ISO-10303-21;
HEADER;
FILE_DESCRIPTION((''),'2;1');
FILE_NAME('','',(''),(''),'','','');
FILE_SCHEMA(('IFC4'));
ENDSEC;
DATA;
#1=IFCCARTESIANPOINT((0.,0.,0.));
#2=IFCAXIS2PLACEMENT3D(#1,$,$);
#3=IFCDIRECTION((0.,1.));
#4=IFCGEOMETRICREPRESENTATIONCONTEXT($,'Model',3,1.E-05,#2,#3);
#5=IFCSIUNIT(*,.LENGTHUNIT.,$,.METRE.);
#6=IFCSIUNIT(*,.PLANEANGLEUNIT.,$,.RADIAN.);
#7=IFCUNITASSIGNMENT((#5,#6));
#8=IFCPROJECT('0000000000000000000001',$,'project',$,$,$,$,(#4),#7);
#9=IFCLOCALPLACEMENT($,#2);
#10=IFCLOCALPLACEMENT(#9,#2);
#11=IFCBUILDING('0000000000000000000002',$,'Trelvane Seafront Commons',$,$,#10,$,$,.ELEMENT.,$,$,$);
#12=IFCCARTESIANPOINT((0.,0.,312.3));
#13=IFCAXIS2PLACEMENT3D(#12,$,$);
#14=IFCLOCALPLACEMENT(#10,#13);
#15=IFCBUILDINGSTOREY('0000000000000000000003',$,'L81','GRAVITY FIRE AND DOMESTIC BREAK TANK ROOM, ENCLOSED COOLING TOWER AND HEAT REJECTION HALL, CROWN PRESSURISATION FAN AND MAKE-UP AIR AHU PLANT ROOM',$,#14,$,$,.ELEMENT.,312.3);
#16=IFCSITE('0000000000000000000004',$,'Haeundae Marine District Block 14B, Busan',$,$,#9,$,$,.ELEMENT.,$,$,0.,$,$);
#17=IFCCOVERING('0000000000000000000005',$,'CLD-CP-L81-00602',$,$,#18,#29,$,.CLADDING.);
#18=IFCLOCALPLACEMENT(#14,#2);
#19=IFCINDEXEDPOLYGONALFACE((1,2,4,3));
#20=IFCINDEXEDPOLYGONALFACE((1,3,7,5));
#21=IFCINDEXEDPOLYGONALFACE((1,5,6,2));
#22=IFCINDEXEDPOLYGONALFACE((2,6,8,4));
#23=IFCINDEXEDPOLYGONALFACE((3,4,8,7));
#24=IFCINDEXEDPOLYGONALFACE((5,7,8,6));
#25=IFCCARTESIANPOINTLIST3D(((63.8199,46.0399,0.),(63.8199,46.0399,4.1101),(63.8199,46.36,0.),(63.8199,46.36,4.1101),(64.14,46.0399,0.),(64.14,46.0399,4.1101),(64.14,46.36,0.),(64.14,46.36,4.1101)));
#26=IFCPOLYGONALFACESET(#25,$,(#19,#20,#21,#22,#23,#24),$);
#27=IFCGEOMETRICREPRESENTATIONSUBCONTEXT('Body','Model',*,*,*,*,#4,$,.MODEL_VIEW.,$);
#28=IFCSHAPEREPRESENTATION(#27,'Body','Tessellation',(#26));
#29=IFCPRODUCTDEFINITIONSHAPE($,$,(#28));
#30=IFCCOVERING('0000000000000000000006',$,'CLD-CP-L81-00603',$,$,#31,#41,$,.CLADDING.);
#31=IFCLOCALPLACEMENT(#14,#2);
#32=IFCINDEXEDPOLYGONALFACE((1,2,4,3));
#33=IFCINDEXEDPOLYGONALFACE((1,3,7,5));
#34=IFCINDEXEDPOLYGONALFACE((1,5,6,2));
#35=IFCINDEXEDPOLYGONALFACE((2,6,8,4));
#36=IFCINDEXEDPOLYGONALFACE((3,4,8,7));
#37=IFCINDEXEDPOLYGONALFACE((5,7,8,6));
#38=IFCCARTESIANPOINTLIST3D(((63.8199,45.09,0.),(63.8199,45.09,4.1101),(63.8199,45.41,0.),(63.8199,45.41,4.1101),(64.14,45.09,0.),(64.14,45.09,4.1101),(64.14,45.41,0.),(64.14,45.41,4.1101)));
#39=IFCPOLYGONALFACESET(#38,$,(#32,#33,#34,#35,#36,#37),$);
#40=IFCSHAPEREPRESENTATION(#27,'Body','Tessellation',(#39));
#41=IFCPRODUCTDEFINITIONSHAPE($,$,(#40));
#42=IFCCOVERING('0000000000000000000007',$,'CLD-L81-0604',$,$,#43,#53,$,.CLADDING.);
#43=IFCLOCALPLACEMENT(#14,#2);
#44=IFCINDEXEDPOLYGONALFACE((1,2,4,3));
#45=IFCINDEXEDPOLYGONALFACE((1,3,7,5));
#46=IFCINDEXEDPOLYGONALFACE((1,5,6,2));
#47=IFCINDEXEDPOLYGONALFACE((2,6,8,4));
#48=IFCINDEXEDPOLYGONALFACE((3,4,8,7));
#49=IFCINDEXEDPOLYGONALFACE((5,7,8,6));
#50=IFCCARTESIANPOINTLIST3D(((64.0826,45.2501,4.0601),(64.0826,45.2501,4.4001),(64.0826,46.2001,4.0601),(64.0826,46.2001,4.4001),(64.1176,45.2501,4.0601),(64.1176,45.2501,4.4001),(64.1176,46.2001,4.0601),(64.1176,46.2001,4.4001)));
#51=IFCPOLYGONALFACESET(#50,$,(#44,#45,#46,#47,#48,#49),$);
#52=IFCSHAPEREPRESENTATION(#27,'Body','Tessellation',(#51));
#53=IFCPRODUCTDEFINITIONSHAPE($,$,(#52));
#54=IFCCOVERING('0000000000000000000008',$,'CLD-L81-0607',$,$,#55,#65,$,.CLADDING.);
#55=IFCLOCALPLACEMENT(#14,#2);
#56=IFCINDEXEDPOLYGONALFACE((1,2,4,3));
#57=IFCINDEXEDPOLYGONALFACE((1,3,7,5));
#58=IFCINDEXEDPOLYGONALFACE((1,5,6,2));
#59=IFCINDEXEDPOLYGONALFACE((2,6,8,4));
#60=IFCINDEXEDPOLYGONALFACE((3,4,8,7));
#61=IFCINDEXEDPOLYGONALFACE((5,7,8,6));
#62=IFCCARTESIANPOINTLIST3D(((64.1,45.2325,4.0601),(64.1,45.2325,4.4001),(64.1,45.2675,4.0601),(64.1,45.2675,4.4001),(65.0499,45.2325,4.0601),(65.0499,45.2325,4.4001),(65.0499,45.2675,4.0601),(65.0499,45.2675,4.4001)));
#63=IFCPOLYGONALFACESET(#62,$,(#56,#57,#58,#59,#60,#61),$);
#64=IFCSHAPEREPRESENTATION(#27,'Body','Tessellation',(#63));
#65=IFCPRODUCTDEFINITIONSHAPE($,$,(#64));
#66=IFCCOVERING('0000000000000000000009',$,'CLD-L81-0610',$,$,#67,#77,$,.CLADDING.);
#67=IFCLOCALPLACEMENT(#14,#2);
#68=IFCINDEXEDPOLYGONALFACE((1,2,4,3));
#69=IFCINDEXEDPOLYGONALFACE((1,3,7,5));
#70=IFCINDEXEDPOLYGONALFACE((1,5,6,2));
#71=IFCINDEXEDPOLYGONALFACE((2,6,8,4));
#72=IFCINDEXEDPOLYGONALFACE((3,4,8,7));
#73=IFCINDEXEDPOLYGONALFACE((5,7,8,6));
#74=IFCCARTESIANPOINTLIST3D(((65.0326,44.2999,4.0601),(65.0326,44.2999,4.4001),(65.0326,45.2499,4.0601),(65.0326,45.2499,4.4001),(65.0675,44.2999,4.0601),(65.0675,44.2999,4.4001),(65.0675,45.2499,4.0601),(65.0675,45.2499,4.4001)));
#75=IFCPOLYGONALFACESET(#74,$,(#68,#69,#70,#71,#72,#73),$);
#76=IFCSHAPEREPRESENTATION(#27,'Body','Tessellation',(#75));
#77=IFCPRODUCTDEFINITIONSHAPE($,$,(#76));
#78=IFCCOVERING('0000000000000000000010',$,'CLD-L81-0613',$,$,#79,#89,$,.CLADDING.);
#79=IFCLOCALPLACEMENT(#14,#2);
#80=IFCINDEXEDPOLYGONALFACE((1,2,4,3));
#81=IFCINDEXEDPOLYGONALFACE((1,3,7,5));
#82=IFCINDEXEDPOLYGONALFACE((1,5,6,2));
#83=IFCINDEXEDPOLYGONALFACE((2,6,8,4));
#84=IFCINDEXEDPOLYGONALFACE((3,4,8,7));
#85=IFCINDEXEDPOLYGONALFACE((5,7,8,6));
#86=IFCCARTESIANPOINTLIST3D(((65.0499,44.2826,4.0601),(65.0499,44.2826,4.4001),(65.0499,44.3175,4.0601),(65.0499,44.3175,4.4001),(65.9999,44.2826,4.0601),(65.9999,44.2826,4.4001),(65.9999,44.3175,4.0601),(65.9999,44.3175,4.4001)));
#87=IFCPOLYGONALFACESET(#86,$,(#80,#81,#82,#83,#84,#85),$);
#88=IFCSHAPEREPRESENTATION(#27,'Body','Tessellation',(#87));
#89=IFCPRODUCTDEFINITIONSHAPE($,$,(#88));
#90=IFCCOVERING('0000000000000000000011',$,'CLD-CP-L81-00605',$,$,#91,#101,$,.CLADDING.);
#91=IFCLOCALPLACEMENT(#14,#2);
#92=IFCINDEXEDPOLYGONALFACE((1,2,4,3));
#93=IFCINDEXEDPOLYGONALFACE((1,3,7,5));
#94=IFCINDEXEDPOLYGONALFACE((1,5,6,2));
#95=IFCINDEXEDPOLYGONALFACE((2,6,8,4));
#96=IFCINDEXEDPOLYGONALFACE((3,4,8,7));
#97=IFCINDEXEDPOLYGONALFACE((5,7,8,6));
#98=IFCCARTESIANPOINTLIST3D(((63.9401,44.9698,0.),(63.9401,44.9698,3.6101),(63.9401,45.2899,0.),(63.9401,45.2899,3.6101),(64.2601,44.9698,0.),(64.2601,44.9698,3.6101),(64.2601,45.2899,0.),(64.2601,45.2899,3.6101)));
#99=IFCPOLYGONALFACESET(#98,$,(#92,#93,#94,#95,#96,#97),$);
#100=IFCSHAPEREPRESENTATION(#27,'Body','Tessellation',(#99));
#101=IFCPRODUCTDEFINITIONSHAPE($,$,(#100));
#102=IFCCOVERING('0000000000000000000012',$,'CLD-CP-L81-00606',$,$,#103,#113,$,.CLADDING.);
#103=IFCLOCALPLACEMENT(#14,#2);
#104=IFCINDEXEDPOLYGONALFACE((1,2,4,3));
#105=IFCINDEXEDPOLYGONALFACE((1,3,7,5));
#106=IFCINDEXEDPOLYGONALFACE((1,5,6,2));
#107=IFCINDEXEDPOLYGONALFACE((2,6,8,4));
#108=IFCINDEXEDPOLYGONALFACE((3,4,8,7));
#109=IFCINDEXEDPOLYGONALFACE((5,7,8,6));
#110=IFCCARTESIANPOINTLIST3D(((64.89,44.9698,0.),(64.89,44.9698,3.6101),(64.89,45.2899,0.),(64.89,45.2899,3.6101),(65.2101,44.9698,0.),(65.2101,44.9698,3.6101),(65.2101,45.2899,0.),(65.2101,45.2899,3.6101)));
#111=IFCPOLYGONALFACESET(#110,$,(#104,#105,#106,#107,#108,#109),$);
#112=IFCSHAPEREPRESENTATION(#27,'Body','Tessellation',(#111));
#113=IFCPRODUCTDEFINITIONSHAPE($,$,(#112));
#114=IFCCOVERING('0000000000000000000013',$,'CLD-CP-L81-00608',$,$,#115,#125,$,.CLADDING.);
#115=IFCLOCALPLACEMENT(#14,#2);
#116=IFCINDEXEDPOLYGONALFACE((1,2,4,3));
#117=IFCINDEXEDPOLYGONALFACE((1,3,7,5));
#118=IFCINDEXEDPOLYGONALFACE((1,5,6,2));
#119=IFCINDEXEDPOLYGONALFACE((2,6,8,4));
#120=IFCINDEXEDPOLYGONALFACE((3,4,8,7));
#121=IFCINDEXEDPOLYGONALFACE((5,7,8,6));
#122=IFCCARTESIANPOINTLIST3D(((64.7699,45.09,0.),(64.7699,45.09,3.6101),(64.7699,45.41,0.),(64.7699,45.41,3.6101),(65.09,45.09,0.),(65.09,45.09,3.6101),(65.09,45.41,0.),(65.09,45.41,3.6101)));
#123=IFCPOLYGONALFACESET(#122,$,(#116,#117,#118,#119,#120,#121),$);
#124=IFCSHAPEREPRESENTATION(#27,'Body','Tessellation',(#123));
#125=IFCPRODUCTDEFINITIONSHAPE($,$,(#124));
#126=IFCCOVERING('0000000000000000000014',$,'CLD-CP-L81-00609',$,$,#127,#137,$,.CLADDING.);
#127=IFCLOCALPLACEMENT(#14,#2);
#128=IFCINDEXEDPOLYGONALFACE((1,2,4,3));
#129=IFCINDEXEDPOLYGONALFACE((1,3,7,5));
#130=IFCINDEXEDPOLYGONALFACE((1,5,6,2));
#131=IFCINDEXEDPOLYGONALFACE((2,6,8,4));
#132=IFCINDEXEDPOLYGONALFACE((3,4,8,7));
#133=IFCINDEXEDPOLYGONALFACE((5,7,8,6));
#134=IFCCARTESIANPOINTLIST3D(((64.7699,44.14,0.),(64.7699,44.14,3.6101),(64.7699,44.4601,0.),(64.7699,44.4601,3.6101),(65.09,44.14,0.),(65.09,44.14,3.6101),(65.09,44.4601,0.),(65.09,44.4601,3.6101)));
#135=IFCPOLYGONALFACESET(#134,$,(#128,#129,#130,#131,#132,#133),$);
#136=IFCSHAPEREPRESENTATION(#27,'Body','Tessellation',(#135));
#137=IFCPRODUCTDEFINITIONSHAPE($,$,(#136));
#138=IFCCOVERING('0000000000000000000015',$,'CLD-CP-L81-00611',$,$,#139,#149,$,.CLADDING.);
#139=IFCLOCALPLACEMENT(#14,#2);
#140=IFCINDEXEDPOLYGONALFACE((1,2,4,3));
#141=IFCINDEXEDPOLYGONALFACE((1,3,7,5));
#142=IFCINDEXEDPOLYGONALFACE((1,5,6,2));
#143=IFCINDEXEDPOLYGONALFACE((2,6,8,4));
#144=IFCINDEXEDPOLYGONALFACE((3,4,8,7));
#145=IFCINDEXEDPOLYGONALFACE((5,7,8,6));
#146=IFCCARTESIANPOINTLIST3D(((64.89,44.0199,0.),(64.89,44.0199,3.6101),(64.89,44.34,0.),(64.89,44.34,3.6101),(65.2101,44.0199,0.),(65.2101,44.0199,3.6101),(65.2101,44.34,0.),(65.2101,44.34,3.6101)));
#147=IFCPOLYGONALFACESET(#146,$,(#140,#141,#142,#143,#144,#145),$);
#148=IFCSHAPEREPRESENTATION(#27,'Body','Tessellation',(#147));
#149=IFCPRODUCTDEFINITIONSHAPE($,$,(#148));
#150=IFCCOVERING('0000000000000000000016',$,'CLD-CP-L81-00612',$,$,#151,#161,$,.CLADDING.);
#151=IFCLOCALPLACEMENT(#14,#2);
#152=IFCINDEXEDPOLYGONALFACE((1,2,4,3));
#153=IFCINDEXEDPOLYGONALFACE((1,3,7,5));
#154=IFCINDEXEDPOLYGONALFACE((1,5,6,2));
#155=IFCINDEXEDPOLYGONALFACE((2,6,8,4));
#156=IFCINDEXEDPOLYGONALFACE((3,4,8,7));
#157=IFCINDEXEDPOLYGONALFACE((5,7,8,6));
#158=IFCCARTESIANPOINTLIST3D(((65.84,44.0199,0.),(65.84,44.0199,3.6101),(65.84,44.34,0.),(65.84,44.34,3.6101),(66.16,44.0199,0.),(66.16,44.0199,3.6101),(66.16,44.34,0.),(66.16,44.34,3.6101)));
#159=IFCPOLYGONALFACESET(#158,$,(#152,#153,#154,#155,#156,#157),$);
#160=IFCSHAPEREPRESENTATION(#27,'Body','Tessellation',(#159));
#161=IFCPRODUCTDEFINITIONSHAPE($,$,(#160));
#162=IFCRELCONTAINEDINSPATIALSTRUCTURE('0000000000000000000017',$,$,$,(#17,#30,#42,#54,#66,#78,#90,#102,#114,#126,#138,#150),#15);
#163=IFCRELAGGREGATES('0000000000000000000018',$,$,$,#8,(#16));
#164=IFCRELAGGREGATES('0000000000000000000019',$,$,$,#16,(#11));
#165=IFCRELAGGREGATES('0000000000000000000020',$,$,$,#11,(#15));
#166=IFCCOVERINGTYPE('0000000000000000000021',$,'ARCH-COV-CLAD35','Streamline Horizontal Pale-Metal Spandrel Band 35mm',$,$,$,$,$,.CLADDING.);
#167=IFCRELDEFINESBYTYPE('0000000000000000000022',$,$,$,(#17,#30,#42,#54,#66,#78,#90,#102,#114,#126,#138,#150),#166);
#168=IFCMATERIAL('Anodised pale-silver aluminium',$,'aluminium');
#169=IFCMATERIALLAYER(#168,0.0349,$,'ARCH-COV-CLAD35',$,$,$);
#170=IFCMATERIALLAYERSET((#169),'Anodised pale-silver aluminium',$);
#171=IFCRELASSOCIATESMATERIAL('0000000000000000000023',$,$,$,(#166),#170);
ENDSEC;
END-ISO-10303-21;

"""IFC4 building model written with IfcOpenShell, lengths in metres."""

from ifc_helpers import new_model, si_unit, direction, frame, origin, origin_2d, place, context, subcontext, project, spatial, rectangle, extrude, source, transform, mapped, material, layer, layer_set, type_object, element, save


model = new_model("IFC4")

# Units and contexts
model_context = context("Model", 3, precision=1e-05, world=origin(), true_north=direction((0.0, 1.0)))
body_context = subcontext(model_context, "Body", "Model", "MODEL_VIEW")
ifc_project = project(units=[si_unit("LENGTHUNIT", "METRE"), si_unit("PLANEANGLEUNIT", "RADIAN")], contexts=[model_context])

# Site, building, storey
site_placement = place(None, origin())
site = spatial("IfcSite", under=ifc_project, at=site_placement, Name="Haeundae Marine District Block 14B, Busan", CompositionType="ELEMENT", RefElevation=0.0)
building_placement = place(site_placement, origin())
building = spatial("IfcBuilding", under=site, at=building_placement, Name="Trelvane Seafront Commons", CompositionType="ELEMENT")
storey_placement = place(building_placement, frame((0.0, 0.0, 312.3)))
storey = spatial("IfcBuildingStorey", under=building, at=storey_placement, Name="L81", Description="GRAVITY FIRE AND DOMESTIC BREAK TANK ROOM, ENCLOSED COOLING TOWER AND HEAT REJECTION HALL, CROWN PRESSURISATION FAN AND MAKE-UP AIR AHU PLANT ROOM", CompositionType="ELEMENT", Elevation=312.3)

# Shared definitions
ifc_material_1 = material(Name="Anodised pale-silver aluminium", Category="aluminium")

# Coverings
ifc_layer_1 = layer(ifc_material_1, 0.0349, Name="ARCH-COV-CLAD35")
ifc_layer_set_1 = layer_set([ifc_layer_1], Name="Anodised pale-silver aluminium")
covering_type = type_object("IfcCoveringType", Name="ARCH-COV-CLAD35", Description="Streamline Horizontal Pale-Metal Spandrel Band 35mm", PredefinedType="CLADDING", material=ifc_layer_set_1)
shared_shape_1 = source(origin(), body_context, "Body", "SweptSolid", [
    extrude(rectangle(XDim=0.3201, YDim=0.3201, at=origin_2d()), origin(), (0.0, 0.0, 1.0), 4.1101),
])
for number, where, z_axis, x_axis, name in (
    (1, (63.98, 46.2, 0.0), (0.0, 0.0, 1.0), (1.0, 0.0, 0.0), "CLD-CP-L81-00602"),
    (2, (63.98, 45.25, 0.0), (0.0, 0.0, 1.0), (1.0, 0.0, 0.0), "CLD-CP-L81-00603"),
):
    element("IfcCovering", number, at=place(storey_placement, frame(where, z_axis=z_axis, x_axis=x_axis)), inside=storey, type_object=covering_type, Name=name, PredefinedType="CLADDING", context=body_context, shape_type="MappedRepresentation", body=[
        mapped(shared_shape_1, transform((0.0, 0.0, 0.0), x_axis=(1.0, 0.0, 0.0), y_axis=(0.0, 1.0, 0.0), z_axis=(0.0, 0.0, 1.0), scale=1.0)),
    ])
shared_shape_2 = source(origin(), body_context, "Body", "SweptSolid", [
    extrude(rectangle(XDim=0.95, YDim=0.0349, at=origin_2d()), origin(), (0.0, 0.0, 1.0), 0.3401),
])
for number, where, z_axis, x_axis, name in (
    (3, (64.1001, 45.7251, 4.0601), (0.0, 0.0, 1.0), (0.0, -1.0, 0.0), "CLD-L81-0604"),
    (4, (64.575, 45.25, 4.0601), (0.0, 0.0, 1.0), (1.0, 0.0, 0.0), "CLD-L81-0607"),
    (5, (65.05, 44.7749, 4.0601), (0.0, 0.0, 1.0), (0.0, -1.0, 0.0), "CLD-L81-0610"),
    (6, (65.5249, 44.3, 4.0601), (0.0, 0.0, 1.0), (1.0, 0.0, 0.0), "CLD-L81-0613"),
):
    element("IfcCovering", number, at=place(storey_placement, frame(where, z_axis=z_axis, x_axis=x_axis)), inside=storey, type_object=covering_type, Name=name, PredefinedType="CLADDING", context=body_context, shape_type="MappedRepresentation", body=[
        mapped(shared_shape_2, transform((0.0, 0.0, 0.0), x_axis=(1.0, 0.0, 0.0), y_axis=(0.0, 1.0, 0.0), z_axis=(0.0, 0.0, 1.0), scale=1.0)),
    ])
shared_shape_3 = source(origin(), body_context, "Body", "SweptSolid", [
    extrude(rectangle(XDim=0.3201, YDim=0.3201, at=origin_2d()), origin(), (0.0, 0.0, 1.0), 3.6101),
])
for number, where, z_axis, x_axis, name in (
    (7, (64.1001, 45.1299, 0.0), (0.0, 0.0, 1.0), (1.0, 0.0, 0.0), "CLD-CP-L81-00605"),
    (8, (65.05, 45.1299, 0.0), (0.0, 0.0, 1.0), (1.0, 0.0, 0.0), "CLD-CP-L81-00606"),
    (9, (64.9299, 45.25, 0.0), (0.0, 0.0, 1.0), (1.0, 0.0, 0.0), "CLD-CP-L81-00608"),
    (10, (64.9299, 44.3, 0.0), (0.0, 0.0, 1.0), (1.0, 0.0, 0.0), "CLD-CP-L81-00609"),
    (11, (65.05, 44.1799, 0.0), (0.0, 0.0, 1.0), (1.0, 0.0, 0.0), "CLD-CP-L81-00611"),
    (12, (66.0, 44.1799, 0.0), (0.0, 0.0, 1.0), (1.0, 0.0, 0.0), "CLD-CP-L81-00612"),
):
    element("IfcCovering", number, at=place(storey_placement, frame(where, z_axis=z_axis, x_axis=x_axis)), inside=storey, type_object=covering_type, Name=name, PredefinedType="CLADDING", context=body_context, shape_type="MappedRepresentation", body=[
        mapped(shared_shape_3, transform((0.0, 0.0, 0.0), x_axis=(1.0, 0.0, 0.0), y_axis=(0.0, 1.0, 0.0), z_axis=(0.0, 0.0, 1.0), scale=1.0)),
    ])

save(model, "model.ifc")
